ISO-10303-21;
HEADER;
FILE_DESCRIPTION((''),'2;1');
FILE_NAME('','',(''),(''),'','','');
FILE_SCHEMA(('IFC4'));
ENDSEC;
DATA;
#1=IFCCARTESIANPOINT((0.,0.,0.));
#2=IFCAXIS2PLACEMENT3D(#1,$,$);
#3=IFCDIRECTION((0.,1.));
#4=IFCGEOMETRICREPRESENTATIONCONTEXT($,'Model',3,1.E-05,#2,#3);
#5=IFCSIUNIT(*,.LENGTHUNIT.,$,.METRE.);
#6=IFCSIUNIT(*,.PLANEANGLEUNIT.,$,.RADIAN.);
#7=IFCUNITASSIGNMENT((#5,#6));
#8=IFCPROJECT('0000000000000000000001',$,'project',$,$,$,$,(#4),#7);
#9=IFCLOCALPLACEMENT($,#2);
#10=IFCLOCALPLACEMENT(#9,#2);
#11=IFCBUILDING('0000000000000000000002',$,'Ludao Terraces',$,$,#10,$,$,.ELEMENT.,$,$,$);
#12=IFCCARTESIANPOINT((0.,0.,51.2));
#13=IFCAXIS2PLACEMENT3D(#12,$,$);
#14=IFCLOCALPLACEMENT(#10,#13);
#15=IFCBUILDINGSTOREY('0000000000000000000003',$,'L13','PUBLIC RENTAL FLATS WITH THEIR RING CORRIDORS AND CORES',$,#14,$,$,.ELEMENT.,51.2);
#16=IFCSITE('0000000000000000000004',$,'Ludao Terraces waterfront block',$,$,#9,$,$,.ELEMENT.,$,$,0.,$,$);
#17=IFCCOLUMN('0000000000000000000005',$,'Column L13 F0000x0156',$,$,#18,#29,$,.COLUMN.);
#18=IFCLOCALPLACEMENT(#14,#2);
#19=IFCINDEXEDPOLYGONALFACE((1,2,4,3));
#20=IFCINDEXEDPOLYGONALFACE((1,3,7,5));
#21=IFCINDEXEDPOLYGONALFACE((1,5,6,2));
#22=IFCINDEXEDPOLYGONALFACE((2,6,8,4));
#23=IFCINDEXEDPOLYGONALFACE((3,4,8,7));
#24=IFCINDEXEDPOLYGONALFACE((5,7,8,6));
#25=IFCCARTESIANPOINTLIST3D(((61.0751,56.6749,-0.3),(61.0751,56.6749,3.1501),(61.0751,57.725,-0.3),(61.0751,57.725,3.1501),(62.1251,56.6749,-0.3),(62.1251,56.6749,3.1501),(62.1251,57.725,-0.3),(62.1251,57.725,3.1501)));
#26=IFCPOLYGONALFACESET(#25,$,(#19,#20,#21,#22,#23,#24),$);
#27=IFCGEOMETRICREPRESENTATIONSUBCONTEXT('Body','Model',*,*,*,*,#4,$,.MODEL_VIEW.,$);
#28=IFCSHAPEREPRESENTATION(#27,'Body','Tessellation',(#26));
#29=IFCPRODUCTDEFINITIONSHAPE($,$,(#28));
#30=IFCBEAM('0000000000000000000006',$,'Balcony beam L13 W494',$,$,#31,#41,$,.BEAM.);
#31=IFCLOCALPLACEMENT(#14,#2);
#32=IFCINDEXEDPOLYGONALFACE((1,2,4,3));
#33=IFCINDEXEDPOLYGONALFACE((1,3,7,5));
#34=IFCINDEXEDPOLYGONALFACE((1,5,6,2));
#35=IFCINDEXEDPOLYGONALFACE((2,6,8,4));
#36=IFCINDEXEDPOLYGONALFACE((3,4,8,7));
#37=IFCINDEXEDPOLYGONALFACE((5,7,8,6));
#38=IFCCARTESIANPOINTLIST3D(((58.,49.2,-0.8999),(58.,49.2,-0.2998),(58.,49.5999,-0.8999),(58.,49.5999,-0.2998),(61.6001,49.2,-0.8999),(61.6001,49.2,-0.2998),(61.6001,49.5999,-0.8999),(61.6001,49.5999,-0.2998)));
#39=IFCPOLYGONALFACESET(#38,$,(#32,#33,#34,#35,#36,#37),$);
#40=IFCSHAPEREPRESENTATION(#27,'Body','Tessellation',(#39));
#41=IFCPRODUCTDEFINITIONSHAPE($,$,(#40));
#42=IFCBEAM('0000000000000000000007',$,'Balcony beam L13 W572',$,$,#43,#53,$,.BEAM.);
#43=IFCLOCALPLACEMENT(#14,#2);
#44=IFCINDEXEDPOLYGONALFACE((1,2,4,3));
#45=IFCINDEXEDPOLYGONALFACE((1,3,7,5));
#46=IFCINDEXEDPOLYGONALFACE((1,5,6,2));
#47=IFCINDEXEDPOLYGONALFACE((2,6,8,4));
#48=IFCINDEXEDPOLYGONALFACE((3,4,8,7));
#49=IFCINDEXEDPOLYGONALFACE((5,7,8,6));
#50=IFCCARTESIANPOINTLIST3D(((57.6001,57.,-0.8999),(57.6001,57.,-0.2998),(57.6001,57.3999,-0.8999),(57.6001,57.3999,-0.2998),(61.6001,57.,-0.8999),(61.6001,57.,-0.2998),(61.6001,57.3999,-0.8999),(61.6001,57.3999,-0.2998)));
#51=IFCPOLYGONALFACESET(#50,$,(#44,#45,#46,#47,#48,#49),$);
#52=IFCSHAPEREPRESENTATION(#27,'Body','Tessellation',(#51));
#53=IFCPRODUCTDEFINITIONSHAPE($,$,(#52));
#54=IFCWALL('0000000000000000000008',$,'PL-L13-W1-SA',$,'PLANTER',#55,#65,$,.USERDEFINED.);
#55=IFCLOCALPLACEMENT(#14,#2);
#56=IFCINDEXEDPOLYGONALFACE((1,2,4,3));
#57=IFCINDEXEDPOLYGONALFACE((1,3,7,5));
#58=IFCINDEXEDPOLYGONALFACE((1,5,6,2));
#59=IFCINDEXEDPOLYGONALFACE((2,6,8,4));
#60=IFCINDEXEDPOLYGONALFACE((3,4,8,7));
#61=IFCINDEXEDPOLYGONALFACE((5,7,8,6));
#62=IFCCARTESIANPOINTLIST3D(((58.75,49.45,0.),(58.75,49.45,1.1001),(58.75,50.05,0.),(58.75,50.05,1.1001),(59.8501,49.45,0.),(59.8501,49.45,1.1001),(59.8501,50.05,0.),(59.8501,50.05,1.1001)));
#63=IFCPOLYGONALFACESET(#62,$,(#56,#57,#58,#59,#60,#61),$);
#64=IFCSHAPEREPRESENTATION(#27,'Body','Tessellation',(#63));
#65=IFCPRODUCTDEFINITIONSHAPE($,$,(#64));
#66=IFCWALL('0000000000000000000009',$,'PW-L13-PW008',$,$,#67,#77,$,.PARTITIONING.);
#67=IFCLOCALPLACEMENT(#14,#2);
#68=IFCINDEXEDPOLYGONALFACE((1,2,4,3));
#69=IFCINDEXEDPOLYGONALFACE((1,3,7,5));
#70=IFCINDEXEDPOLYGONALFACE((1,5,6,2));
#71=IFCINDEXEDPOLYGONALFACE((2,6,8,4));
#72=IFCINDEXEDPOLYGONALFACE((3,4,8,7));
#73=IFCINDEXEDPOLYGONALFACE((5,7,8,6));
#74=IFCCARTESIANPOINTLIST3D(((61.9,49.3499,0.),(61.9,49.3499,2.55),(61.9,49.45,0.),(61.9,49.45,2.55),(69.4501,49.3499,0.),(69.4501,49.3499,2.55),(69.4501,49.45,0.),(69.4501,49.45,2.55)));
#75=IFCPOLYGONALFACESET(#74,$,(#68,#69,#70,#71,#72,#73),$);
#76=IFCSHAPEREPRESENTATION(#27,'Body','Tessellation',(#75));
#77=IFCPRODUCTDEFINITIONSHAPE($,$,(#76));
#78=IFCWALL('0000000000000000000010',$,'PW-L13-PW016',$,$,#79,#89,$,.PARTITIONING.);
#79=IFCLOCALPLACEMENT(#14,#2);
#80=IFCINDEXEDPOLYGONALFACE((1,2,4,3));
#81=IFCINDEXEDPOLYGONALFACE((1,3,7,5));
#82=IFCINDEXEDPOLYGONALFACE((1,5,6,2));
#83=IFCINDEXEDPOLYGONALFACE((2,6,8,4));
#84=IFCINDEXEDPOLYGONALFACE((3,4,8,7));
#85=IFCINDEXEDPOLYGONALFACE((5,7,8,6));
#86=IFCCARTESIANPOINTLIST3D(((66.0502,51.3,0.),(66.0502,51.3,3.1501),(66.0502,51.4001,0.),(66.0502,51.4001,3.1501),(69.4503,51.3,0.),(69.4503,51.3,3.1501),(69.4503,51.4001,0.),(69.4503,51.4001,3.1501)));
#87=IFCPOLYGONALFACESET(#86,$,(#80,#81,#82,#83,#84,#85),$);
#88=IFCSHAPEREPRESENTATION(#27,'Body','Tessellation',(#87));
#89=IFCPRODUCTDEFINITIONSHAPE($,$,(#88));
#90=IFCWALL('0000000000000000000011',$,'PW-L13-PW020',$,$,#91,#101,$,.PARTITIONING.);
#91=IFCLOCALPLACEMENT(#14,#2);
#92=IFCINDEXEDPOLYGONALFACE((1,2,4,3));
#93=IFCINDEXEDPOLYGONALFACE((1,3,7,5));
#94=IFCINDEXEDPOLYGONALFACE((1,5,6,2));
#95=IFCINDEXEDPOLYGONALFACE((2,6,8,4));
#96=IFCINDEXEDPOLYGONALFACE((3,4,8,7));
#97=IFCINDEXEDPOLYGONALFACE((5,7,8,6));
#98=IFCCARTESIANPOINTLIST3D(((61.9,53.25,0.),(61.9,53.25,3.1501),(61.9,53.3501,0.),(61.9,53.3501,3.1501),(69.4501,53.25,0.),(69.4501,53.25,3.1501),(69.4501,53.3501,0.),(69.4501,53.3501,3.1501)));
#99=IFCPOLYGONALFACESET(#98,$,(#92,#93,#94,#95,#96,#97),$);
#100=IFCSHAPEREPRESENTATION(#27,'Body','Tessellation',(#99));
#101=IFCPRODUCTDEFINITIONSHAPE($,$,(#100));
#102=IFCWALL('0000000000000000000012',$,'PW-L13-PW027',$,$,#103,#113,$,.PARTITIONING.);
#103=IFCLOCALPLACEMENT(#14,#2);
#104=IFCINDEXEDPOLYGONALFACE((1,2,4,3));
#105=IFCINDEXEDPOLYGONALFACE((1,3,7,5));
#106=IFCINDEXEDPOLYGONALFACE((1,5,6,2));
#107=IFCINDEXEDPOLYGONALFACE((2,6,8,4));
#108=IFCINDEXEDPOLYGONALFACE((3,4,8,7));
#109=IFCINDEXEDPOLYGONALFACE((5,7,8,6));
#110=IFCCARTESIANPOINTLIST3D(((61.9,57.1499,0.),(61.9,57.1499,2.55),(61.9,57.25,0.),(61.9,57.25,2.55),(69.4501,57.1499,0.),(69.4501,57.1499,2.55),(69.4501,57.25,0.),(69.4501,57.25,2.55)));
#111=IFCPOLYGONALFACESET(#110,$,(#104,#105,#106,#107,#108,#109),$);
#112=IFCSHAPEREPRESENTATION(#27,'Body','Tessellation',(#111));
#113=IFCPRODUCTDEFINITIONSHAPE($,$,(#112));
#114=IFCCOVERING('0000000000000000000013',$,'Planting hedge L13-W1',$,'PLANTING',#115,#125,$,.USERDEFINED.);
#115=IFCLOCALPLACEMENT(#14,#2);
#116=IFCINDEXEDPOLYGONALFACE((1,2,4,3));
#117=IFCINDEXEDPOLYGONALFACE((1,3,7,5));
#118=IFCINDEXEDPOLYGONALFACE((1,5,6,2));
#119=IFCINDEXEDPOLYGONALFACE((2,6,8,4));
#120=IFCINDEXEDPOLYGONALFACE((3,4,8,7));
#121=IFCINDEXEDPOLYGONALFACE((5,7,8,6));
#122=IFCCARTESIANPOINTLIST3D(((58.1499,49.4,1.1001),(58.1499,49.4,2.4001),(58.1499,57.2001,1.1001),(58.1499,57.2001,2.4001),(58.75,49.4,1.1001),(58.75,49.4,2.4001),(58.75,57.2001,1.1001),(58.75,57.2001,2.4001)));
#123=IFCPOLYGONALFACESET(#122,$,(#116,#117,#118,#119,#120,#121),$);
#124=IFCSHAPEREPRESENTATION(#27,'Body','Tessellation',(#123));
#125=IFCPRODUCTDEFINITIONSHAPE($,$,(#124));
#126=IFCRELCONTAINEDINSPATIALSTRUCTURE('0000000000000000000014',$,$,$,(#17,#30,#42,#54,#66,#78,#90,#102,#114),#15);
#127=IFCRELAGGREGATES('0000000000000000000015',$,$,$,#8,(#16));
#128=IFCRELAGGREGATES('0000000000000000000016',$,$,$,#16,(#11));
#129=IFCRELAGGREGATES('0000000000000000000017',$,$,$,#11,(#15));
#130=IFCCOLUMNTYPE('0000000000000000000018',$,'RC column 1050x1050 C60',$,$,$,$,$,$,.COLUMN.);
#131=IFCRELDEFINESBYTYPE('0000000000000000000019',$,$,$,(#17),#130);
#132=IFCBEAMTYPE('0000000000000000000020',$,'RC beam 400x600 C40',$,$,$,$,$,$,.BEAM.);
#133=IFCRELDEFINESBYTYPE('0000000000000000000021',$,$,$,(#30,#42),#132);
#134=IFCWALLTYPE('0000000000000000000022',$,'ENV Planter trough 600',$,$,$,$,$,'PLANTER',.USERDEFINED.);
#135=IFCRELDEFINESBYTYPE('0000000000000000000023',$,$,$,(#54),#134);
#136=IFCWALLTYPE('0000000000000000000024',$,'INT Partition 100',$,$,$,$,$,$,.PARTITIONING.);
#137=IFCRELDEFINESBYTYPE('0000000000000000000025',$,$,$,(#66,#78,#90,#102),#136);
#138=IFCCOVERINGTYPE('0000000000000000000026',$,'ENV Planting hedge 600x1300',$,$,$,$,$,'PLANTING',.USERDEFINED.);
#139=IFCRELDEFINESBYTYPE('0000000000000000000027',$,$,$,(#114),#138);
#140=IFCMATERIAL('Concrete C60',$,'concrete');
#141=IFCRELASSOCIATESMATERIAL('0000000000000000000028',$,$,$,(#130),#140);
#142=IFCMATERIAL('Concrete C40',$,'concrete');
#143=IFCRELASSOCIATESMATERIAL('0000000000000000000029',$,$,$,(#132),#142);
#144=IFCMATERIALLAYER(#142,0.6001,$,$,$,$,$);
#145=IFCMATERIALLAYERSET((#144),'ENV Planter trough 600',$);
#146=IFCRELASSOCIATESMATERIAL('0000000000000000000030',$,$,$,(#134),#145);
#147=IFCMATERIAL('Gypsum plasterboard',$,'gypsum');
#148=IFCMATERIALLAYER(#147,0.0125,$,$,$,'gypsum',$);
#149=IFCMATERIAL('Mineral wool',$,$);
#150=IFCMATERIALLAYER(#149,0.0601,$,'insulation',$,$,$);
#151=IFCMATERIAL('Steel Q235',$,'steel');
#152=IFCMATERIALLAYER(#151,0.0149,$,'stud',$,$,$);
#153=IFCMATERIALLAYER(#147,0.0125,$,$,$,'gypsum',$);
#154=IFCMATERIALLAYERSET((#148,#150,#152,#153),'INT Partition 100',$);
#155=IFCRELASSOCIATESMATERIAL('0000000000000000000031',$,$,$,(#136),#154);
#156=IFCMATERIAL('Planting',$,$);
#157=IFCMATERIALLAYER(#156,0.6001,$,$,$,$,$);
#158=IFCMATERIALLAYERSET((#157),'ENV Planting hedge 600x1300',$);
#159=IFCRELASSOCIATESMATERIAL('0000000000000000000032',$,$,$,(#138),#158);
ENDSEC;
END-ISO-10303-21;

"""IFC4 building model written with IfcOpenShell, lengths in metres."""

from ifc_helpers import new_model, si_unit, direction, frame, frame_2d, origin, origin_2d, place, context, subcontext, project, spatial, rectangle, extrude, material, layer, layer_set, material_profile, profile_set, type_object, element, save


model = new_model("IFC4")

# Units and contexts
model_context = context("Model", 3, precision=1e-05, world=origin(), true_north=direction((0.0, 1.0)))
body_context = subcontext(model_context, "Body", "Model", "MODEL_VIEW")
ifc_project = project(units=[si_unit("LENGTHUNIT", "METRE"), si_unit("PLANEANGLEUNIT", "RADIAN")], contexts=[model_context])

# Site, building, storey
site_placement = place(None, origin())
site = spatial("IfcSite", under=ifc_project, at=site_placement, Name="Ludao Terraces waterfront block", CompositionType="ELEMENT", RefElevation=0.0)
building_placement = place(site_placement, origin())
building = spatial("IfcBuilding", under=site, at=building_placement, Name="Ludao Terraces", CompositionType="ELEMENT")
storey_placement = place(building_placement, frame((0.0, 0.0, 51.2)))
storey = spatial("IfcBuildingStorey", under=building, at=storey_placement, Name="L13", Description="PUBLIC RENTAL FLATS WITH THEIR RING CORRIDORS AND CORES", CompositionType="ELEMENT", Elevation=51.2)

# Column
ifc_material_1 = material(Name="Concrete C60", Category="concrete")
ifc_material_profile_1 = material_profile(ifc_material_1, rectangle(XDim=1.05, YDim=1.05, at=origin_2d()), Name="1050 X 1050")
ifc_profile_set_1 = profile_set([ifc_material_profile_1], Name="Concrete C60")
column_type = type_object("IfcColumnType", Name="RC column 1050x1050 C60", PredefinedType="COLUMN", material=ifc_profile_set_1)
column_placement = place(storey_placement, frame((61.6001, 57.2, -0.3), z_axis=(0.0, 0.0, 1.0), x_axis=(1.0, 0.0, 0.0)))
element("IfcColumn", 1, at=column_placement, inside=storey, type_object=column_type, Name="Column L13 F0000x0156", PredefinedType="COLUMN", context=body_context, shape_type="SweptSolid", body=[
    extrude(rectangle(XDim=1.05, YDim=1.05, at=origin_2d()), origin(), (0.0, 0.0, 1.0), 3.4502),
])

# Beams
ifc_material_2 = material(Name="Concrete C40", Category="concrete")
ifc_material_profile_2 = material_profile(ifc_material_2, rectangle(XDim=0.3999, YDim=0.6001, at=origin_2d()), Name="400 X 600")
ifc_profile_set_2 = profile_set([ifc_material_profile_2], Name="Concrete C40")
beam_type = type_object("IfcBeamType", Name="RC beam 400x600 C40", PredefinedType="BEAM", material=ifc_profile_set_2)
beam_1_placement = place(storey_placement, frame((61.6001, 49.3999, -0.5999), z_axis=(-1.0, 0.0, 0.0), x_axis=(0.0, -1.0, 0.0)))
element("IfcBeam", 2, at=beam_1_placement, inside=storey, type_object=beam_type, Name="Balcony beam L13 W494", PredefinedType="BEAM", context=body_context, shape_type="SweptSolid", body=[
    extrude(rectangle(XDim=0.3999, YDim=0.6001, at=origin_2d()), origin(), (0.0, 0.0, 1.0), 3.6001),
])
beam_2_placement = place(storey_placement, frame((61.6001, 57.2, -0.5999), z_axis=(-1.0, 0.0, 0.0), x_axis=(0.0, -1.0, 0.0)))
element("IfcBeam", 3, at=beam_2_placement, inside=storey, type_object=beam_type, Name="Balcony beam L13 W572", PredefinedType="BEAM", context=body_context, shape_type="SweptSolid", body=[
    extrude(rectangle(XDim=0.3999, YDim=0.6001, at=origin_2d()), origin(), (0.0, 0.0, 1.0), 4.0),
])

# Wall
ifc_layer_1 = layer(ifc_material_2, 0.6001)
ifc_layer_set_1 = layer_set([ifc_layer_1], Name="ENV Planter trough 600")
wall_type_1 = type_object("IfcWallType", Name="ENV Planter trough 600", ElementType="PLANTER", PredefinedType="USERDEFINED", material=ifc_layer_set_1)
wall_1_placement = place(storey_placement, frame((58.75, 49.75, 0.0), z_axis=(0.0, 0.0, 1.0), x_axis=(1.0, 0.0, 0.0)))
element("IfcWall", 4, at=wall_1_placement, inside=storey, type_object=wall_type_1, Name="PL-L13-W1-SA", ObjectType="PLANTER", PredefinedType="USERDEFINED", context=body_context, shape_type="SweptSolid", body=[
    extrude(rectangle(XDim=1.1001, YDim=0.6001, at=frame_2d((0.55, 0.0))), origin(), (0.0, 0.0, 1.0), 1.1001),
])

# Shared definitions
ifc_material_3 = material(Name="Mineral wool")

# Walls
ifc_material_4 = material(Name="Gypsum plasterboard", Category="gypsum")
ifc_layer_2 = layer(ifc_material_4, 0.0125, Category="gypsum")
ifc_layer_3 = layer(ifc_material_3, 0.0601, Name="insulation")
ifc_material_5 = material(Name="Steel Q235", Category="steel")
ifc_layer_4 = layer(ifc_material_5, 0.0149, Name="stud")
ifc_layer_5 = layer(ifc_material_4, 0.0125, Category="gypsum")
ifc_layer_set_2 = layer_set([ifc_layer_2, ifc_layer_3, ifc_layer_4, ifc_layer_5], Name="INT Partition 100")
wall_type_2 = type_object("IfcWallType", Name="INT Partition 100", PredefinedType="PARTITIONING", material=ifc_layer_set_2)
wall_2_placement = place(storey_placement, frame((61.9001, 49.3999, 0.0), z_axis=(0.0, 0.0, 1.0), x_axis=(1.0, 0.0, 0.0)))
element("IfcWall", 5, at=wall_2_placement, inside=storey, type_object=wall_type_2, Name="PW-L13-PW008", PredefinedType="PARTITIONING", context=body_context, shape_type="SweptSolid", body=[
    extrude(rectangle(XDim=7.55, YDim=0.1001, at=frame_2d((3.7749, 0.0))), origin(), (0.0, 0.0, 1.0), 2.55),
])
wall_3_placement = place(storey_placement, frame((66.05, 51.3501, 0.0), z_axis=(0.0, 0.0, 1.0), x_axis=(1.0, 0.0, 0.0)))
element("IfcWall", 6, at=wall_3_placement, inside=storey, type_object=wall_type_2, Name="PW-L13-PW016", PredefinedType="PARTITIONING", context=body_context, shape_type="SweptSolid", body=[
    extrude(rectangle(XDim=3.4001, YDim=0.1001, at=frame_2d((1.7002, 0.0))), origin(), (0.0, 0.0, 1.0), 3.1501),
])
wall_4_placement = place(storey_placement, frame((61.9001, 53.3, 0.0), z_axis=(0.0, 0.0, 1.0), x_axis=(1.0, 0.0, 0.0)))
element("IfcWall", 7, at=wall_4_placement, inside=storey, type_object=wall_type_2, Name="PW-L13-PW020", PredefinedType="PARTITIONING", context=body_context, shape_type="SweptSolid", body=[
    extrude(rectangle(XDim=7.55, YDim=0.1001, at=frame_2d((3.7749, 0.0))), origin(), (0.0, 0.0, 1.0), 3.1501),
])
wall_5_placement = place(storey_placement, frame((61.9001, 57.2, 0.0), z_axis=(0.0, 0.0, 1.0), x_axis=(1.0, 0.0, 0.0)))
element("IfcWall", 8, at=wall_5_placement, inside=storey, type_object=wall_type_2, Name="PW-L13-PW027", PredefinedType="PARTITIONING", context=body_context, shape_type="SweptSolid", body=[
    extrude(rectangle(XDim=7.55, YDim=0.1001, at=frame_2d((3.7749, 0.0))), origin(), (0.0, 0.0, 1.0), 2.55),
])

# Covering
ifc_material_6 = material(Name="Planting")
ifc_layer_6 = layer(ifc_material_6, 0.6001)
ifc_layer_set_3 = layer_set([ifc_layer_6], Name="ENV Planting hedge 600x1300")
covering_type = type_object("IfcCoveringType", Name="ENV Planting hedge 600x1300", ElementType="PLANTING", PredefinedType="USERDEFINED", material=ifc_layer_set_3)
covering_placement = place(storey_placement, frame((58.45, 53.3, 1.1001), z_axis=(0.0, 0.0, 1.0), x_axis=(1.0, 0.0, 0.0)))
element("IfcCovering", 9, at=covering_placement, inside=storey, type_object=covering_type, Name="Planting hedge L13-W1", ObjectType="PLANTING", PredefinedType="USERDEFINED", context=body_context, shape_type="SweptSolid", body=[
    extrude(rectangle(XDim=0.6001, YDim=7.8, at=origin_2d()), origin(), (0.0, 0.0, 1.0), 1.3),
])

save(model, "model.ifc")
